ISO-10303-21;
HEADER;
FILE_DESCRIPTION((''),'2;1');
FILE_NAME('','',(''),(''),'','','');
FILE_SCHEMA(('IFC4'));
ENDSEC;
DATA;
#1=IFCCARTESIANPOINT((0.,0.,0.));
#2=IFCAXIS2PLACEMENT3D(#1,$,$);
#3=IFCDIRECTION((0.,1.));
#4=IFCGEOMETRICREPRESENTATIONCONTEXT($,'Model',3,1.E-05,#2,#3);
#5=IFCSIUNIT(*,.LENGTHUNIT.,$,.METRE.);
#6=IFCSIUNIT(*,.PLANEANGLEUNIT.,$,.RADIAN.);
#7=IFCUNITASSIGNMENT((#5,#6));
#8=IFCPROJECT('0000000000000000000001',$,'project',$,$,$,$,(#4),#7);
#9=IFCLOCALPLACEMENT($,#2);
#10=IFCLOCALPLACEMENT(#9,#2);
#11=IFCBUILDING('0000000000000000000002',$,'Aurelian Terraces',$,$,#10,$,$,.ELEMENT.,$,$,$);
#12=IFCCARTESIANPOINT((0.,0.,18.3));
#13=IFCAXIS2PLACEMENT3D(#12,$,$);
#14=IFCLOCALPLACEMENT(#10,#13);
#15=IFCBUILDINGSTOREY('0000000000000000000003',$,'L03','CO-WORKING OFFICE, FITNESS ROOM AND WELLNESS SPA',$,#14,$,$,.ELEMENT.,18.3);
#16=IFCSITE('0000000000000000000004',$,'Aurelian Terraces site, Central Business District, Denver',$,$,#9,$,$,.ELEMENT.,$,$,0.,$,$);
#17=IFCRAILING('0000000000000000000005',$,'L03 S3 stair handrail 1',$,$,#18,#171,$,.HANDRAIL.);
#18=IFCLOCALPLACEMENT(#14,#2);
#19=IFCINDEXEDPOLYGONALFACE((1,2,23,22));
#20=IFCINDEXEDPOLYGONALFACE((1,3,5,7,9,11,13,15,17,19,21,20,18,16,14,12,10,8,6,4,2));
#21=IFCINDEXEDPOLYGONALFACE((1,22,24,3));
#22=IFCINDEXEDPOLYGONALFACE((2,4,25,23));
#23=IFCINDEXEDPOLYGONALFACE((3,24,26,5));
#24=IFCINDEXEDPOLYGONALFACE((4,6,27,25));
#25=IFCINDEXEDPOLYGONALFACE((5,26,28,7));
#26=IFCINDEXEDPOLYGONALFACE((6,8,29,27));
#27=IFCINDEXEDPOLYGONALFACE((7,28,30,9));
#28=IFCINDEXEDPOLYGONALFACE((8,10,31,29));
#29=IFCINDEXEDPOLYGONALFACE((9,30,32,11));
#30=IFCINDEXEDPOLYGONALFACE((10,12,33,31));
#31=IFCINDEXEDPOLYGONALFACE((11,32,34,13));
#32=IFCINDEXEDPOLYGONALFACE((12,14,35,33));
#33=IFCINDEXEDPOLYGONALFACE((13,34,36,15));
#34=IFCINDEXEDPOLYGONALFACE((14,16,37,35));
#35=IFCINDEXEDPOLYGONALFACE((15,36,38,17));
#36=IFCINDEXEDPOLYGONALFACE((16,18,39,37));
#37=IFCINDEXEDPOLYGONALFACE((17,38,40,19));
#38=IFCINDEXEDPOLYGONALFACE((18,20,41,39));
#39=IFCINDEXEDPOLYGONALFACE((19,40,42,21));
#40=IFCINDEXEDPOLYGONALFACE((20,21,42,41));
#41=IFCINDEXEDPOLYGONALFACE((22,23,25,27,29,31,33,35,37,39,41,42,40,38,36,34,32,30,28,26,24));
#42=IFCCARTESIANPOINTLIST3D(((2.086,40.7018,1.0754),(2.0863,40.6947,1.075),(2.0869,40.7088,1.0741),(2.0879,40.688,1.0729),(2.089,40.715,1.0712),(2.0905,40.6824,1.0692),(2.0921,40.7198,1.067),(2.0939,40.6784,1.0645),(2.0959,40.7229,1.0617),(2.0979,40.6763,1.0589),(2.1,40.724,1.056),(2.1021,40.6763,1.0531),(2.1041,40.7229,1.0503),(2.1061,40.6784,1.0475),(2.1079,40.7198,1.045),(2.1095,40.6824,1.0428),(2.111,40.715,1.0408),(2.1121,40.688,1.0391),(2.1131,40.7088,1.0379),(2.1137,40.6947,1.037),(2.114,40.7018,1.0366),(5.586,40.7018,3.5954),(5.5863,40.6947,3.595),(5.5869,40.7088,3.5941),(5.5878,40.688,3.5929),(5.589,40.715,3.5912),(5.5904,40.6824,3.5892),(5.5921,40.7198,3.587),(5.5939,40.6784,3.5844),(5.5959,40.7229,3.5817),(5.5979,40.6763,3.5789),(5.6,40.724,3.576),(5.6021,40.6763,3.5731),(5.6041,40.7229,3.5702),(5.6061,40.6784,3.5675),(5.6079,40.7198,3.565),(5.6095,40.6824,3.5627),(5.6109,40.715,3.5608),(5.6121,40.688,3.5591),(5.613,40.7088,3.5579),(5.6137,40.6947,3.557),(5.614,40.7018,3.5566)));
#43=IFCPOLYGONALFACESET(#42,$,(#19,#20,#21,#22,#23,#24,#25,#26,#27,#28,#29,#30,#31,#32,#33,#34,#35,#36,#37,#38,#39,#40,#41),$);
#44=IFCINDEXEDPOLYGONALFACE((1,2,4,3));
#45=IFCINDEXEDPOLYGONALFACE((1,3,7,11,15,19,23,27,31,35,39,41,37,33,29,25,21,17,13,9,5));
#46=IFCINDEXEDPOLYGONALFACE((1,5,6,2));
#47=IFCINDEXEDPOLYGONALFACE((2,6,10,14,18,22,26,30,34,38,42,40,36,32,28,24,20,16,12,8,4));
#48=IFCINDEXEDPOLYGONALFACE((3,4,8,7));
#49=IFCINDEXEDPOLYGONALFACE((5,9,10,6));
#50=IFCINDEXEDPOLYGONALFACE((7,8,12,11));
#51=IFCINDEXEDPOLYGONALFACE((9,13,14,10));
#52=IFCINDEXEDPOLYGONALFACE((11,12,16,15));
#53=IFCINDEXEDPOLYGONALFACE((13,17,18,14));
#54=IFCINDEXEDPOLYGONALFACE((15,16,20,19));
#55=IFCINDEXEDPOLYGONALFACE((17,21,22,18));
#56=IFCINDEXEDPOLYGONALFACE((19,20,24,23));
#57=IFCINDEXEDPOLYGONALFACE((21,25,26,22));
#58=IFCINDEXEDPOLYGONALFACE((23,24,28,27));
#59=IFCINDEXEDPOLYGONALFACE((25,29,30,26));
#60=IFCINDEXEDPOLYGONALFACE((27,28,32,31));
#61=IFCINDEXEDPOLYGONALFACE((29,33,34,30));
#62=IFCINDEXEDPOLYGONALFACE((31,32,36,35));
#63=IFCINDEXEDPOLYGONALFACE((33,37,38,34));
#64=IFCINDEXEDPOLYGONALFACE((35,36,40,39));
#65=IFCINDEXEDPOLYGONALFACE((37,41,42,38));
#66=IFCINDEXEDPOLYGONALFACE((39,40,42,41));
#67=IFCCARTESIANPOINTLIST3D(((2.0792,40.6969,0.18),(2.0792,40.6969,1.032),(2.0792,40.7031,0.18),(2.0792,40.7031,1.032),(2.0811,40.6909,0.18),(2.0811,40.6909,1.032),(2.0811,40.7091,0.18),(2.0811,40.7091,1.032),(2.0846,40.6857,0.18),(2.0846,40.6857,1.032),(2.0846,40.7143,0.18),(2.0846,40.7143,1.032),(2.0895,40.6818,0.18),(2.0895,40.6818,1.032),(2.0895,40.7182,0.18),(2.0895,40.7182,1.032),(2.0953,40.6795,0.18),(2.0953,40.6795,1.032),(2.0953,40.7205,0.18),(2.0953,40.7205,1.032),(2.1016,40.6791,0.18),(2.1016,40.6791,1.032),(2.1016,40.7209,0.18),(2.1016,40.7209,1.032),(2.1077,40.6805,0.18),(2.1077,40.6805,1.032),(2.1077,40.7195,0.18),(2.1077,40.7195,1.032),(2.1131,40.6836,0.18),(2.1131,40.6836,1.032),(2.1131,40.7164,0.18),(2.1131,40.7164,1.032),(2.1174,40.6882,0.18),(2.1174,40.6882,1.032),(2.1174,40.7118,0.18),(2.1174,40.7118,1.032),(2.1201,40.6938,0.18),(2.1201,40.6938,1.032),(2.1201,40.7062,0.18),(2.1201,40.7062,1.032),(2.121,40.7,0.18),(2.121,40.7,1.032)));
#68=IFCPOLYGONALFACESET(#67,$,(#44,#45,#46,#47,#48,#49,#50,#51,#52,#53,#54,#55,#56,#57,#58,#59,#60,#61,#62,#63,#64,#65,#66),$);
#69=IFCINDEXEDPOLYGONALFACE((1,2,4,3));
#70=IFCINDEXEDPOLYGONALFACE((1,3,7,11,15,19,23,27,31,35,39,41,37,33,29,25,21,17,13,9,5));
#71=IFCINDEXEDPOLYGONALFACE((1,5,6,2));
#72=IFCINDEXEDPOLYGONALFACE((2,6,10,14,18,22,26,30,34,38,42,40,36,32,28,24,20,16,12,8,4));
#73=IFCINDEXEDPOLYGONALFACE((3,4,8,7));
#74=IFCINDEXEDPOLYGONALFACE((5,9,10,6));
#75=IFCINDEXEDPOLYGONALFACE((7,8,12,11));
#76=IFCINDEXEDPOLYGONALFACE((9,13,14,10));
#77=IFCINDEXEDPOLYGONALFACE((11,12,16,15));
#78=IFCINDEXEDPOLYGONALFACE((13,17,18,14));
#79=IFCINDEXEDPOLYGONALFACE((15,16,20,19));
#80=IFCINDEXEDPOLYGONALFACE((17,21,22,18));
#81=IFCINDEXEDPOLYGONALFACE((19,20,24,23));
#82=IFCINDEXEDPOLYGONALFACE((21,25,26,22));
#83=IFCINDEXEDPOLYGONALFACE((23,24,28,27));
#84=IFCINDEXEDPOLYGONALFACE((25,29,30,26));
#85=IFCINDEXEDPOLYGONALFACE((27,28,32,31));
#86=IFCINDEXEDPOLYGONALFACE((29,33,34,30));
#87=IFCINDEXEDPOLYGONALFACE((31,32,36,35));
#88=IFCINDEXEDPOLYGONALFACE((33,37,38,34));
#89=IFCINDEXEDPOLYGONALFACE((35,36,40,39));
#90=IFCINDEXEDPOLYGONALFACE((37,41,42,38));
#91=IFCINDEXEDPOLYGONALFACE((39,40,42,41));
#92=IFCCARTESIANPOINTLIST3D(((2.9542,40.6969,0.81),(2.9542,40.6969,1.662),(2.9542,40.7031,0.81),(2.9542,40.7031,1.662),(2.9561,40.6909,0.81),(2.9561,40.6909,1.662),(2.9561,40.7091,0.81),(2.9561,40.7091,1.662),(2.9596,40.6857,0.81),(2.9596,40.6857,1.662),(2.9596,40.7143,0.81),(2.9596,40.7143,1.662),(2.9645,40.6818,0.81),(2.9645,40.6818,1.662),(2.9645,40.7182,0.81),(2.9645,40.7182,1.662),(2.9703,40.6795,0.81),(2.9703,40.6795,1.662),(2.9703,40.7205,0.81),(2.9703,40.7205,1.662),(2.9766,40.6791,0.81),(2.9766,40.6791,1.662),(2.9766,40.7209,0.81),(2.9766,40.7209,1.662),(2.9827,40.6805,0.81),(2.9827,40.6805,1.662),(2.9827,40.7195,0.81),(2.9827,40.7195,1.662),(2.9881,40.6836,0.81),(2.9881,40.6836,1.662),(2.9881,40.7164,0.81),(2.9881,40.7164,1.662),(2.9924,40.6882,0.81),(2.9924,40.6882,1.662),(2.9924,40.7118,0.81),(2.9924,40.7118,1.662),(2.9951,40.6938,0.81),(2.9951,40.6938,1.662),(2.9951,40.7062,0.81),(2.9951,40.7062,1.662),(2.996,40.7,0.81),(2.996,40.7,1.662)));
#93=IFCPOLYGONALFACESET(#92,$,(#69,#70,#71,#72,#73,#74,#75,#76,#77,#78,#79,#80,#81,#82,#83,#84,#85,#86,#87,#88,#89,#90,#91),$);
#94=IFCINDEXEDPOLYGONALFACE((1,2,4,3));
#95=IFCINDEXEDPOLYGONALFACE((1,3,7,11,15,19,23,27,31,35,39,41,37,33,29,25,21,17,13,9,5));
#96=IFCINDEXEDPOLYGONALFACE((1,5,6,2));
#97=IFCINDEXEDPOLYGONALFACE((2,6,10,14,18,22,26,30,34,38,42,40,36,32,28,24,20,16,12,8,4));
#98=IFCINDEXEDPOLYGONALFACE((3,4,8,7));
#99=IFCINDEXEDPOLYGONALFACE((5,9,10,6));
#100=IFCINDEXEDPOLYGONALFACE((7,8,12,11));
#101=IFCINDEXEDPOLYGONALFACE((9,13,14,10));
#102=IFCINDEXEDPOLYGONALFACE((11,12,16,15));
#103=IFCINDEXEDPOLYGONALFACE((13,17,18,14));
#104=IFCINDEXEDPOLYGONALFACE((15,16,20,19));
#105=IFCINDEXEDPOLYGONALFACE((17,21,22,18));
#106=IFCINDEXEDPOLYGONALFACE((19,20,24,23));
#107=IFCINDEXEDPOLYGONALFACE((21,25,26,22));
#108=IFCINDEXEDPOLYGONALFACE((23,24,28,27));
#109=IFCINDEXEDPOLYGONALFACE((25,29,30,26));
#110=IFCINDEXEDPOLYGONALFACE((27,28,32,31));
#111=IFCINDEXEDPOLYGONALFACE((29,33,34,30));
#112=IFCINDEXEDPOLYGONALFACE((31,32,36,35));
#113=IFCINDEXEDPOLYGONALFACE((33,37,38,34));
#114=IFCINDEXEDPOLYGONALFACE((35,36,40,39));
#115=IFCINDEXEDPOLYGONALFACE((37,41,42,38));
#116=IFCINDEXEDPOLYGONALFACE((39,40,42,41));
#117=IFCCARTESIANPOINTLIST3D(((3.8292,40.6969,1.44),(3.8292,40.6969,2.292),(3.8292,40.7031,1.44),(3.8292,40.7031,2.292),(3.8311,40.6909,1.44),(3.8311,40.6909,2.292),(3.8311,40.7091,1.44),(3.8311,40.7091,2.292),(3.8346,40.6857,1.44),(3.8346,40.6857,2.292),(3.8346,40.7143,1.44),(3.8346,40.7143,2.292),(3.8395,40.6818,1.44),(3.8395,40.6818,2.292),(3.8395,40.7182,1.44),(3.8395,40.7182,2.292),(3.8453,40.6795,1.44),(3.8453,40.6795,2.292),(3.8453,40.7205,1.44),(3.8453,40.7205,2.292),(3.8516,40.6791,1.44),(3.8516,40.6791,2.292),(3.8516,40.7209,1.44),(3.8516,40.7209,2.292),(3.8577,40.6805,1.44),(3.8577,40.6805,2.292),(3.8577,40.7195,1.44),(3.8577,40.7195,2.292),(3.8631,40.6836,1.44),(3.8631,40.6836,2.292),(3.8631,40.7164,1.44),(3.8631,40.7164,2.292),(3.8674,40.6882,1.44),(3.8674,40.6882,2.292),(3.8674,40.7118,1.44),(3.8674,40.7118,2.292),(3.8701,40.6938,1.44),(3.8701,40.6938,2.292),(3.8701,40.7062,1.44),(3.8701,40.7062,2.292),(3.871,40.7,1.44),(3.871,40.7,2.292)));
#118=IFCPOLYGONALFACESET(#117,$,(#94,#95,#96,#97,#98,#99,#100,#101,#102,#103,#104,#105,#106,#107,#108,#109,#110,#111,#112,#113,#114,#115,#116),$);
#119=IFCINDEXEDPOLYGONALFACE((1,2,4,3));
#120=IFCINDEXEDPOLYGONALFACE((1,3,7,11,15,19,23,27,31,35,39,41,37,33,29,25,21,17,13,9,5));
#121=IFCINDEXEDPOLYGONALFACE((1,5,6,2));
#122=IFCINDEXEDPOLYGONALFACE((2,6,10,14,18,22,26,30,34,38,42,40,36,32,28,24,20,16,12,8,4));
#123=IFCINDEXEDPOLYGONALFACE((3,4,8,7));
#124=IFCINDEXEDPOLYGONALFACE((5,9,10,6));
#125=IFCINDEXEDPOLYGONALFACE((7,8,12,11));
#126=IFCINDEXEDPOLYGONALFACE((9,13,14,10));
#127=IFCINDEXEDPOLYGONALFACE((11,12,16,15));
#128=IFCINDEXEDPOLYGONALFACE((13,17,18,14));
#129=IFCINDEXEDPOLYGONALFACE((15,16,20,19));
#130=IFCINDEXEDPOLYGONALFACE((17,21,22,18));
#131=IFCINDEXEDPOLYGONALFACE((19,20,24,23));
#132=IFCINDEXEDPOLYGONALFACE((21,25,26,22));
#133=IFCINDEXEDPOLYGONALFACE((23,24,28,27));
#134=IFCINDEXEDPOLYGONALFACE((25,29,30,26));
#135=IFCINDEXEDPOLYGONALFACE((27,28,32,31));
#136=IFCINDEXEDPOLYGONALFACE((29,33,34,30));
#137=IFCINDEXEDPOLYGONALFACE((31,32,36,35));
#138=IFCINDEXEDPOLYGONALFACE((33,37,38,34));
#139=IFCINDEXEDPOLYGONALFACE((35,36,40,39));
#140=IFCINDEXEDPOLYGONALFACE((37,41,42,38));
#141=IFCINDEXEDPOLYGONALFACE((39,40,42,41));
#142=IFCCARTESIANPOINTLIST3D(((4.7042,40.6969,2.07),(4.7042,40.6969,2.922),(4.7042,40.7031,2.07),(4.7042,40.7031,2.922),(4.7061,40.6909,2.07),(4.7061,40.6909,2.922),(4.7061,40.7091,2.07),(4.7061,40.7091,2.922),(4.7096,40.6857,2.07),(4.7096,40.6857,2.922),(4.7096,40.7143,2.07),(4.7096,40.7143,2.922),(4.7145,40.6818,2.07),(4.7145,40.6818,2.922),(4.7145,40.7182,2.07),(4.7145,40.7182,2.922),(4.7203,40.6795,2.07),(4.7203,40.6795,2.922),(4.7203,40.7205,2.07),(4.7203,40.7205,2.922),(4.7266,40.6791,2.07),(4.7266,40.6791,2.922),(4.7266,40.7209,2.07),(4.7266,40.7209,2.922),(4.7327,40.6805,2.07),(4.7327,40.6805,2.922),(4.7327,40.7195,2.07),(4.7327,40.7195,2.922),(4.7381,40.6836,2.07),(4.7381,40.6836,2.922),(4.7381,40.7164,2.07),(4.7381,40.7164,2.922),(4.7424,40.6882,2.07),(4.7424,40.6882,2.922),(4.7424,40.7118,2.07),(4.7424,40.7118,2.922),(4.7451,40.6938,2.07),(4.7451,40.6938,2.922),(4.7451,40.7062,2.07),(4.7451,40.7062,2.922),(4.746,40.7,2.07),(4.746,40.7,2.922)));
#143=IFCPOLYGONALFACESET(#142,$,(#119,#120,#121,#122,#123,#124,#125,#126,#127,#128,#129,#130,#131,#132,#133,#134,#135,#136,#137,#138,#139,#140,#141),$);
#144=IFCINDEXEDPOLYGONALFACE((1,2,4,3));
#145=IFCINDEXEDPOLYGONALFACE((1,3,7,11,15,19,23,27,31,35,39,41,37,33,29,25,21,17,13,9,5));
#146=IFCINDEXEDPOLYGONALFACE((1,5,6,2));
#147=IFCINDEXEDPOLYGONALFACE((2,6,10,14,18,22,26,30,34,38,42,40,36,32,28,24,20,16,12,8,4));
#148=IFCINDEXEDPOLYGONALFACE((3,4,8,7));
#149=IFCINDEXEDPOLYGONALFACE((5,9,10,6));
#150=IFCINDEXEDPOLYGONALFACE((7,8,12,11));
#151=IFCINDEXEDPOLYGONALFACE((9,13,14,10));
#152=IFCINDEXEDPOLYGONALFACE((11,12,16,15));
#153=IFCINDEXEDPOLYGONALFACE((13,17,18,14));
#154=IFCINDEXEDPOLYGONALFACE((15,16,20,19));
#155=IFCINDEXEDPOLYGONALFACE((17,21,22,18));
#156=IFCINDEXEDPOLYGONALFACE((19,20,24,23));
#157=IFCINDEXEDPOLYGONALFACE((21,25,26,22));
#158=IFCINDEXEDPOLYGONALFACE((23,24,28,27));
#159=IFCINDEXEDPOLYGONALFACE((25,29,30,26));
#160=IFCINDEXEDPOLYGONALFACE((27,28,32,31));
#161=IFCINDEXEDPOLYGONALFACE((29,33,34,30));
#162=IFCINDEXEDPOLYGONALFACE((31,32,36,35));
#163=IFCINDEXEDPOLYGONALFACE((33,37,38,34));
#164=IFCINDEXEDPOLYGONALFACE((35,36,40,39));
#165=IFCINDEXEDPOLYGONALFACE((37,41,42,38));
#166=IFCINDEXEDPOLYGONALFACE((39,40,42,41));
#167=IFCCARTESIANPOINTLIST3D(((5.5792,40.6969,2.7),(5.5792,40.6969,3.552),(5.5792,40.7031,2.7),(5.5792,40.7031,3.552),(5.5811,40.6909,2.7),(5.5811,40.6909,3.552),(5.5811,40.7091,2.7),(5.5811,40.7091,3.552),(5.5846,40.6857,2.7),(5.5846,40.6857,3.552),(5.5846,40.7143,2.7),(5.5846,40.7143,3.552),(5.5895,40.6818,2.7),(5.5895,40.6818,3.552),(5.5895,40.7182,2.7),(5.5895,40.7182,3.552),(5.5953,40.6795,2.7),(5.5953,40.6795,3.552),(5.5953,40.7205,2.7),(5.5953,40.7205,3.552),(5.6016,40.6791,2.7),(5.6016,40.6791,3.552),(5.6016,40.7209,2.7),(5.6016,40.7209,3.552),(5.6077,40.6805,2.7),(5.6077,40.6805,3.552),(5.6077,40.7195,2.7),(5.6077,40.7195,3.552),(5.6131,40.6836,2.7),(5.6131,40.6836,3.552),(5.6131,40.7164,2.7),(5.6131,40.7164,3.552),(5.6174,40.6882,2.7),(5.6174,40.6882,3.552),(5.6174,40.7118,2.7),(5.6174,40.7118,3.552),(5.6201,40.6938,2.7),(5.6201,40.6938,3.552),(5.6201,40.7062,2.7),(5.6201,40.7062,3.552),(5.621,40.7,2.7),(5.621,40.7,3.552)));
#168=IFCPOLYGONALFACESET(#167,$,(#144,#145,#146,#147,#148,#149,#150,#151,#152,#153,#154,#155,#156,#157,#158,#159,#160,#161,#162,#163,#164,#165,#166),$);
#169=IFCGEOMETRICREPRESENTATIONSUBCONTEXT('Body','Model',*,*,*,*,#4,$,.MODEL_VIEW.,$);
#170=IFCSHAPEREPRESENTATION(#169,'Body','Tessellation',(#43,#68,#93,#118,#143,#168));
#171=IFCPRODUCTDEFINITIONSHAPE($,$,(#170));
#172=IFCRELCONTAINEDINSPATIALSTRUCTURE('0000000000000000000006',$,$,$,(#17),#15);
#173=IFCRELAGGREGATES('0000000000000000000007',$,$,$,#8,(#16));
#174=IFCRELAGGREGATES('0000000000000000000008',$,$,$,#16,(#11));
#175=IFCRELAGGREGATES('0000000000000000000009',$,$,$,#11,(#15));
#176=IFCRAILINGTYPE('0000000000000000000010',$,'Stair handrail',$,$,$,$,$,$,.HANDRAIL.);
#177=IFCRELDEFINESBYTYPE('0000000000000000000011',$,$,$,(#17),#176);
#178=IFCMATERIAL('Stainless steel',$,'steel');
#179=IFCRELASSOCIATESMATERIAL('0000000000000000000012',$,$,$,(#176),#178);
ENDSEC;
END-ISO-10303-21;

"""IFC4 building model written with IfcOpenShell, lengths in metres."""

from ifc_helpers import new_model, si_unit, direction, frame, origin, origin_2d, place, context, subcontext, project, spatial, circle, extrude, source, transform, mapped, material, type_object, element, save


model = new_model("IFC4")

# Units and contexts
model_context = context("Model", 3, precision=1e-05, world=origin(), true_north=direction((0.0, 1.0)))
body_context = subcontext(model_context, "Body", "Model", "MODEL_VIEW")
ifc_project = project(units=[si_unit("LENGTHUNIT", "METRE"), si_unit("PLANEANGLEUNIT", "RADIAN")], contexts=[model_context])

# Site, building, storey
site_placement = place(None, origin())
site = spatial("IfcSite", under=ifc_project, at=site_placement, Name="Aurelian Terraces site, Central Business District, Denver", CompositionType="ELEMENT", RefElevation=0.0)
building_placement = place(site_placement, origin())
building = spatial("IfcBuilding", under=site, at=building_placement, Name="Aurelian Terraces", CompositionType="ELEMENT")
storey_placement = place(building_placement, frame((0.0, 0.0, 18.3)))
storey = spatial("IfcBuildingStorey", under=building, at=storey_placement, Name="L03", Description="CO-WORKING OFFICE, FITNESS ROOM AND WELLNESS SPA", CompositionType="ELEMENT", Elevation=18.3)

# Railing
ifc_material_1 = material(Name="Stainless steel", Category="steel")
railing_type_1 = type_object("IfcRailingType", Name="Stair handrail", PredefinedType="HANDRAIL", material=ifc_material_1)
shared_shape_1 = source(origin(), body_context, "Body", "SweptSolid", [
    extrude(circle(Radius=0.024, at=origin_2d()), frame((0.0, 0.0, 0.876), z_axis=(0.811534, 0.0, 0.584305), x_axis=(0.0, 1.0, 0.0)), (0.0, 0.0, 1.0), 4.3128),
    extrude(circle(Radius=0.021, at=origin_2d()), origin(), (0.0, 0.0, 1.0), 0.852),
    extrude(circle(Radius=0.021, at=origin_2d()), frame((0.875, 0.0, 0.63)), (0.0, 0.0, 1.0), 0.852),
    extrude(circle(Radius=0.021, at=origin_2d()), frame((1.75, 0.0, 1.26)), (0.0, 0.0, 1.0), 0.852),
    extrude(circle(Radius=0.021, at=origin_2d()), frame((2.625, 0.0, 1.89)), (0.0, 0.0, 1.0), 0.852),
    extrude(circle(Radius=0.021, at=origin_2d()), frame((3.5, 0.0, 2.52)), (0.0, 0.0, 1.0), 0.852),
])
for number, where, name in (
    (1, (2.1, 40.7, 0.18), "L03 S3 stair handrail 1"),
):
    element("IfcRailing", number, at=place(storey_placement, frame(where)), inside=storey, type_object=railing_type_1, Name=name, PredefinedType="HANDRAIL", context=body_context, shape_type="MappedRepresentation", body=[
        mapped(shared_shape_1, transform((0.0, 0.0, 0.0), scale=1.0)),
    ])

save(model, "model.ifc")
